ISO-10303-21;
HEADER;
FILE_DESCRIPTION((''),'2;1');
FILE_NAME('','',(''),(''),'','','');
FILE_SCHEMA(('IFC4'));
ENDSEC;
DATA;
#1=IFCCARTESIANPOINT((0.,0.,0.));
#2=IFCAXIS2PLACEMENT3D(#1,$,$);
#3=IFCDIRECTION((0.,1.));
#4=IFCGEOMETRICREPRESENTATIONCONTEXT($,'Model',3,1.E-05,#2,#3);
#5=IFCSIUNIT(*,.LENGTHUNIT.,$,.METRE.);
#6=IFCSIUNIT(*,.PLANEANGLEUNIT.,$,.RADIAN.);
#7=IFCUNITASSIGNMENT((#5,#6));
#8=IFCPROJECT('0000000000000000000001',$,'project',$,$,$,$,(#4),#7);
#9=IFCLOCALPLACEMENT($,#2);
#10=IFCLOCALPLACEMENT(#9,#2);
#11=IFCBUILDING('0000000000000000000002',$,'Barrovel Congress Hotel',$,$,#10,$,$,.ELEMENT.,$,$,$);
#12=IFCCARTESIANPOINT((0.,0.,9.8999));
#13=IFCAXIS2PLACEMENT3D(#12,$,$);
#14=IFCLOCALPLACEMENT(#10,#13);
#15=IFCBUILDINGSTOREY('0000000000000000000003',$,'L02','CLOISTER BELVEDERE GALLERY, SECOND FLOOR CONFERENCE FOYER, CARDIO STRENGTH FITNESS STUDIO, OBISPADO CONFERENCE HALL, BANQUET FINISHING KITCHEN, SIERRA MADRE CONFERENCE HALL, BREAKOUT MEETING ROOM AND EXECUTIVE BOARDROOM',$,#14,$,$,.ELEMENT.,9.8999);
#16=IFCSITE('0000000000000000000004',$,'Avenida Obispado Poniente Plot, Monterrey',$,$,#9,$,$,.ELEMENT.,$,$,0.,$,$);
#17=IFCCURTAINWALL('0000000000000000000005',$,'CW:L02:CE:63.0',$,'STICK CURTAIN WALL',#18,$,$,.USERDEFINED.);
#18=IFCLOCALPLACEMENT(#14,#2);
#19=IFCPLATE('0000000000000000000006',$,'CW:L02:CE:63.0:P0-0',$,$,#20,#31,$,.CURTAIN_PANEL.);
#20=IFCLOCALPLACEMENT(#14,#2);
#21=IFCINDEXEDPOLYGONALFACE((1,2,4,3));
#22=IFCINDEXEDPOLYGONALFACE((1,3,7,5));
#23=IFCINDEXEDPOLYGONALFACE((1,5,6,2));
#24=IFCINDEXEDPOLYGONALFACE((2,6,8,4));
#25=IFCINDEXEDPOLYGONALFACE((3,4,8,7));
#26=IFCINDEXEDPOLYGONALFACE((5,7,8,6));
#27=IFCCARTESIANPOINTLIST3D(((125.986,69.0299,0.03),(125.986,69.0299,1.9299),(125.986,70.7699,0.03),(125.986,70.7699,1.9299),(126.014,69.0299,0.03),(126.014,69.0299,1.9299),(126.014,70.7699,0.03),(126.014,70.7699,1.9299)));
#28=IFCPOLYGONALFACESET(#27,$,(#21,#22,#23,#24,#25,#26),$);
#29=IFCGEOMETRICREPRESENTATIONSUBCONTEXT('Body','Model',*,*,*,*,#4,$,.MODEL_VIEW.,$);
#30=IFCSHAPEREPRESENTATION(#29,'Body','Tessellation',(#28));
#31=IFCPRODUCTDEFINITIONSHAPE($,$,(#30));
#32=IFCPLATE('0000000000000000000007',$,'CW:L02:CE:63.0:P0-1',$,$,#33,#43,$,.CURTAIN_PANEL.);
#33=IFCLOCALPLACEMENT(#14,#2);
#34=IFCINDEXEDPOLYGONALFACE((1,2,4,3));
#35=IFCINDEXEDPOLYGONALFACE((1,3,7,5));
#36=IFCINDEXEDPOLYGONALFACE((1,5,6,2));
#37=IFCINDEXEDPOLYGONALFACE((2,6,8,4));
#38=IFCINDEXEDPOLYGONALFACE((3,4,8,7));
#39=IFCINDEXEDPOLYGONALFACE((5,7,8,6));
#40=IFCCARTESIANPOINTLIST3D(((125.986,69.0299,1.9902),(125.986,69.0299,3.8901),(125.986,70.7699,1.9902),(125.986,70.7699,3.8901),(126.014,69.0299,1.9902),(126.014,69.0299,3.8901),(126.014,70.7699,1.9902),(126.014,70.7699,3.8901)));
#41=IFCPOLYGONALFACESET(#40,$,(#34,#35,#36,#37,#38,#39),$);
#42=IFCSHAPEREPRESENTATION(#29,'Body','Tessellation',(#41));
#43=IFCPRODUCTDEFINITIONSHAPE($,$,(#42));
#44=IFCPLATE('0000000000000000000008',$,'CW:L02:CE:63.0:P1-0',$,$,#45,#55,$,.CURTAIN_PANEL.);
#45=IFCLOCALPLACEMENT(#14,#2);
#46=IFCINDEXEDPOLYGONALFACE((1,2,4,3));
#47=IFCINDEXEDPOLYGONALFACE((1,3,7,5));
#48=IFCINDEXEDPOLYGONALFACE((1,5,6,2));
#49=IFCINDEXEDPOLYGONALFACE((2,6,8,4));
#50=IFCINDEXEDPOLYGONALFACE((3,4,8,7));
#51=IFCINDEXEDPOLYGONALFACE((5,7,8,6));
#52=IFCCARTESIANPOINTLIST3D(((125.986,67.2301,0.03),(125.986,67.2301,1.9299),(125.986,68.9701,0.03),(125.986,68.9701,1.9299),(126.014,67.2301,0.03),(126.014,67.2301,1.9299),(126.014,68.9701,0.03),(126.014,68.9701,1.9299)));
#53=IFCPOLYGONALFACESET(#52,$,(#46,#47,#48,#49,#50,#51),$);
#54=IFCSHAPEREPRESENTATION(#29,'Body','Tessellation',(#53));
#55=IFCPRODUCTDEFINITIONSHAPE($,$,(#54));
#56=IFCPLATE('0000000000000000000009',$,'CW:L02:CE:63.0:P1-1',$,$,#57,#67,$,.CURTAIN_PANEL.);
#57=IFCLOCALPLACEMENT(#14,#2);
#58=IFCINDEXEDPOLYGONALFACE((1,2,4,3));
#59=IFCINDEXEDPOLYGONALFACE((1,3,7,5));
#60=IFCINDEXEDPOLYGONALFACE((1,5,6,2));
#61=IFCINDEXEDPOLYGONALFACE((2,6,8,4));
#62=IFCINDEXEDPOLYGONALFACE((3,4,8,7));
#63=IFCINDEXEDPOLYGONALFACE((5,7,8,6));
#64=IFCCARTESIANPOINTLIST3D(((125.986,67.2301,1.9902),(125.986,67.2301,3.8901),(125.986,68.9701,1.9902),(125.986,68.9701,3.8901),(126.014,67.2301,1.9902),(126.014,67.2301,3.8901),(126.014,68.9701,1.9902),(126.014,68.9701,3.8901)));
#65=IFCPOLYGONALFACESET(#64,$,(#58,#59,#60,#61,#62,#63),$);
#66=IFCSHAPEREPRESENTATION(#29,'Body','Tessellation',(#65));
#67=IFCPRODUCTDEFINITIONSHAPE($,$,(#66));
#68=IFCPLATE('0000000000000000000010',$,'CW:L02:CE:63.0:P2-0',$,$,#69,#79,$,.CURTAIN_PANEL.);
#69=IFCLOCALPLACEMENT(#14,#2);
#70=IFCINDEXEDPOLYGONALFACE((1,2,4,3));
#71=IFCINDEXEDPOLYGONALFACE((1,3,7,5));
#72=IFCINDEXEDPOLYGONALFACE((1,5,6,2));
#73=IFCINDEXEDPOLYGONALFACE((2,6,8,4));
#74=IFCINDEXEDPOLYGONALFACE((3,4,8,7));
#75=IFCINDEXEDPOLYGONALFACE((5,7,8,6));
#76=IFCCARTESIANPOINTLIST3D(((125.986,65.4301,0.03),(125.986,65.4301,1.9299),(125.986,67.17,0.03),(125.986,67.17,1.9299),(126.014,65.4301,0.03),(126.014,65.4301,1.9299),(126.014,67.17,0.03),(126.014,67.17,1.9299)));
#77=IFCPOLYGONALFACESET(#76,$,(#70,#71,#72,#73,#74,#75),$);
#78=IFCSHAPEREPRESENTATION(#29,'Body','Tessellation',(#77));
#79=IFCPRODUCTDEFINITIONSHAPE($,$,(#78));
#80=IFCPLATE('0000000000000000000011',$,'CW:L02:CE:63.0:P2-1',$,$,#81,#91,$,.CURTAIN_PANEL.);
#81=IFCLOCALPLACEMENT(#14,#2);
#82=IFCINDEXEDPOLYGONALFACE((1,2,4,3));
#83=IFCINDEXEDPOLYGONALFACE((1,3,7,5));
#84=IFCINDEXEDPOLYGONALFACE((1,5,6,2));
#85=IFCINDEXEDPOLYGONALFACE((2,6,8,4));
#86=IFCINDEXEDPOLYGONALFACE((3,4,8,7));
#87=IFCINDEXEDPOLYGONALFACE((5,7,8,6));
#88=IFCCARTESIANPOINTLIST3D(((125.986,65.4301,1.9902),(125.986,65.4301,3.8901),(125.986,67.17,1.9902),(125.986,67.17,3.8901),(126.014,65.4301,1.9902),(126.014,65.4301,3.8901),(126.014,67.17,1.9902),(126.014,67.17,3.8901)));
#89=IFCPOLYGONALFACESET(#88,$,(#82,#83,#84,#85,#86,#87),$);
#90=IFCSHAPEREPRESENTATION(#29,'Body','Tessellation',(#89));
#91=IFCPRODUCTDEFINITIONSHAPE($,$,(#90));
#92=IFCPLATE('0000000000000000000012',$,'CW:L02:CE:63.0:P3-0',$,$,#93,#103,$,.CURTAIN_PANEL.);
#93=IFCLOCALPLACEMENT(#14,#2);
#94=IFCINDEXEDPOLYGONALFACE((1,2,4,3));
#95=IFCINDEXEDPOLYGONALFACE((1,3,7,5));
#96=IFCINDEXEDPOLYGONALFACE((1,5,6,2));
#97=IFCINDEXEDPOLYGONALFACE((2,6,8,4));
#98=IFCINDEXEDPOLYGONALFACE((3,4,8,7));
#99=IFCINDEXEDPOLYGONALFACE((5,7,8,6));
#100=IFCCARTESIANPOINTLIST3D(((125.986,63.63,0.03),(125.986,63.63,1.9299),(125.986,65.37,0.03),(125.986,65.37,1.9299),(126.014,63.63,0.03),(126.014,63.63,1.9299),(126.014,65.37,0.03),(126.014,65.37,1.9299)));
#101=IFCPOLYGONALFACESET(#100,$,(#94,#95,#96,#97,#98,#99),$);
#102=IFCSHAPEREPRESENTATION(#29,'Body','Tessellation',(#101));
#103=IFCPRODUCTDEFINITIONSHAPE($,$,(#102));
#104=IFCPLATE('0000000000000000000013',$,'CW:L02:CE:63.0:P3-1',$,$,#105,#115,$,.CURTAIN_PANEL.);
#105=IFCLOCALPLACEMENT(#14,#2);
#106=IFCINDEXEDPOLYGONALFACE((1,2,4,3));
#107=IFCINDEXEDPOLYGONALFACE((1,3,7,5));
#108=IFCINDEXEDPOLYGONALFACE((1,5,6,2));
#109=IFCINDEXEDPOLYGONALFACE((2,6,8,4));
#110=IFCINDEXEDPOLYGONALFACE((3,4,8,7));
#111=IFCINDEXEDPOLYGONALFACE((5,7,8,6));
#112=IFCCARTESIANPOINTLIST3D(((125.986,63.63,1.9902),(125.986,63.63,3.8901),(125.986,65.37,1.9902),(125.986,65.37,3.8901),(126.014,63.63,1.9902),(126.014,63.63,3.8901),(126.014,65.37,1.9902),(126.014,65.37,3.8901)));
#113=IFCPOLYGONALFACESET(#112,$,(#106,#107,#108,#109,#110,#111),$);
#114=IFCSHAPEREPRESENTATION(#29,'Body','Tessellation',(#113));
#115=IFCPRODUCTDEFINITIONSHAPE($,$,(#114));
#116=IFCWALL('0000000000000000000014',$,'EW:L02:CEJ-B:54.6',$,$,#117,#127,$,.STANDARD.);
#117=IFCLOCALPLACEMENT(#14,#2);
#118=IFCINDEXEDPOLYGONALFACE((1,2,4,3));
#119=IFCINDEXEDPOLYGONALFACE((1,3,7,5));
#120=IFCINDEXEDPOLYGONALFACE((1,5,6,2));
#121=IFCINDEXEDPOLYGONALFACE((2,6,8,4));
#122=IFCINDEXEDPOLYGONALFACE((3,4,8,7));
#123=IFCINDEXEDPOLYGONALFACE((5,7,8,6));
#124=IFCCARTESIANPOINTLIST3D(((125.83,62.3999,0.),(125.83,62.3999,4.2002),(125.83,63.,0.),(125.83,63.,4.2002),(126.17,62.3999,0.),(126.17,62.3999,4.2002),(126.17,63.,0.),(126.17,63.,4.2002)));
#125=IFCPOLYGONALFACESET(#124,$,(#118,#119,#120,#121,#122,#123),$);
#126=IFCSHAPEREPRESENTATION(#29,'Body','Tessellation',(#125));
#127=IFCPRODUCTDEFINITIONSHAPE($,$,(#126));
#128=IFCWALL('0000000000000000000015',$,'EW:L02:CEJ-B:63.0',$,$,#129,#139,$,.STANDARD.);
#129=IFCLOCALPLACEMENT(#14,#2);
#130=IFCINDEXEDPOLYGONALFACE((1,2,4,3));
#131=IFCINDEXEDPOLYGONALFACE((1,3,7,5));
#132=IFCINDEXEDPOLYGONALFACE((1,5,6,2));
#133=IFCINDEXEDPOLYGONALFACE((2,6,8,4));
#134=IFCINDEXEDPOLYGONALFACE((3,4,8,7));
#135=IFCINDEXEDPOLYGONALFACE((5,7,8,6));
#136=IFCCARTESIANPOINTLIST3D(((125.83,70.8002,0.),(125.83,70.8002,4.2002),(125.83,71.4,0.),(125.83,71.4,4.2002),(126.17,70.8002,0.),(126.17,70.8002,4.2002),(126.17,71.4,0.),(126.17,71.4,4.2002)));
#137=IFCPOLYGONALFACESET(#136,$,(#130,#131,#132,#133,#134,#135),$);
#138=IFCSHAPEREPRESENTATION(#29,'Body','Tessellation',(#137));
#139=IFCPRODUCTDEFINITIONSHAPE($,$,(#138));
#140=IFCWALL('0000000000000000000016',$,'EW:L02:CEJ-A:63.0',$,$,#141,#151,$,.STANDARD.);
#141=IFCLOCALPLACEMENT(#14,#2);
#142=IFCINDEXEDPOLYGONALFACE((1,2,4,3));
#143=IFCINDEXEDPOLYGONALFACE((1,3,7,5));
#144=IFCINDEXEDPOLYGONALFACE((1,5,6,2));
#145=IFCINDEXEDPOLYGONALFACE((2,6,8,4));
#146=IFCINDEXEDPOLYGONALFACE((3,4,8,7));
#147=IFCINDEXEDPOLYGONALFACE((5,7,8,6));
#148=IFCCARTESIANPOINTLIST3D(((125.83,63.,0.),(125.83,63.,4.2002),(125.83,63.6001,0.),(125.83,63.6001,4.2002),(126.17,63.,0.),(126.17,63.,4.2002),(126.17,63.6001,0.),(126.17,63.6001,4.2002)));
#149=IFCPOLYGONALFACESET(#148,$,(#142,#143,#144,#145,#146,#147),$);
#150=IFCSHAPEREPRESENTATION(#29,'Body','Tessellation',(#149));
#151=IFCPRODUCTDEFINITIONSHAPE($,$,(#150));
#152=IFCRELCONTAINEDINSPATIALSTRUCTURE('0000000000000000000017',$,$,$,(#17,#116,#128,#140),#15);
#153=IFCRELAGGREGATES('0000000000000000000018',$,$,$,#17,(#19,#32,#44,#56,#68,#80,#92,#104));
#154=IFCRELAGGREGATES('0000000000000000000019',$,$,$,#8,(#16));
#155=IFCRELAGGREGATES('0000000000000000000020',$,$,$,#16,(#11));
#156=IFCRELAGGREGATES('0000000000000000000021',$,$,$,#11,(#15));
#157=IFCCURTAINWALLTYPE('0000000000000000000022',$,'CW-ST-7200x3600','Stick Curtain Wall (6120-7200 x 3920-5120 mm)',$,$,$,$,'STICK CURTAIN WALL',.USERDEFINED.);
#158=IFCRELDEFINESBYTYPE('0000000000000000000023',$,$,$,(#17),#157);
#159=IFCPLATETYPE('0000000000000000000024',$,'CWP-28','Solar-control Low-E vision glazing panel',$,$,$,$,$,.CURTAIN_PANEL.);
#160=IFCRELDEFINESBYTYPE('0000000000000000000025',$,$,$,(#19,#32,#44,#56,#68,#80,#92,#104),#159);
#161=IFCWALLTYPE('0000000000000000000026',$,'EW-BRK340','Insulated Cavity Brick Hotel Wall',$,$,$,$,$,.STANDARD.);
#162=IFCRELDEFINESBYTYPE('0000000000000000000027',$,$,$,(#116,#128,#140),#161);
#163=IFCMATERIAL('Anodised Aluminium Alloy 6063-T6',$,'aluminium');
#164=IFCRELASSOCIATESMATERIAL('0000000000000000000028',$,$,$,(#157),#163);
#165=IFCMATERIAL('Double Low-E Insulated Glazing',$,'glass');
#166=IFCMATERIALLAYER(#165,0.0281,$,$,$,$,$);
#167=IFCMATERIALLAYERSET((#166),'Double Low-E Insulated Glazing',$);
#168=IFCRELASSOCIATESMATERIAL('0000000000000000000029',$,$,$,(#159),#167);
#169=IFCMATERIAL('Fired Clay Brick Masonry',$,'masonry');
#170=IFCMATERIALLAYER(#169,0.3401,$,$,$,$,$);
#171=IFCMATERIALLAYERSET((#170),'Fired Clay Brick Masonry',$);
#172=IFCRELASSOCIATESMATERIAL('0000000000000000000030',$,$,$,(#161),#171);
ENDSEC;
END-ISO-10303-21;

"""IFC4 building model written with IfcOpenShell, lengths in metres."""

from ifc_helpers import new_model, si_unit, direction, frame, frame_2d, origin, origin_2d, place, context, subcontext, project, spatial, rectangle, extrude, material, layer, layer_set, type_object, element, aggregate, save


model = new_model("IFC4")

# Units and contexts
model_context = context("Model", 3, precision=1e-05, world=origin(), true_north=direction((0.0, 1.0)))
body_context = subcontext(model_context, "Body", "Model", "MODEL_VIEW")
ifc_project = project(units=[si_unit("LENGTHUNIT", "METRE"), si_unit("PLANEANGLEUNIT", "RADIAN")], contexts=[model_context])

# Site, building, storey
site_placement = place(None, origin())
site = spatial("IfcSite", under=ifc_project, at=site_placement, Name="Avenida Obispado Poniente Plot, Monterrey", CompositionType="ELEMENT", RefElevation=0.0)
building_placement = place(site_placement, origin())
building = spatial("IfcBuilding", under=site, at=building_placement, Name="Barrovel Congress Hotel", CompositionType="ELEMENT")
storey_placement = place(building_placement, frame((0.0, 0.0, 9.8999)))
storey = spatial("IfcBuildingStorey", under=building, at=storey_placement, Name="L02", Description="CLOISTER BELVEDERE GALLERY, SECOND FLOOR CONFERENCE FOYER, CARDIO STRENGTH FITNESS STUDIO, OBISPADO CONFERENCE HALL, BANQUET FINISHING KITCHEN, SIERRA MADRE CONFERENCE HALL, BREAKOUT MEETING ROOM AND EXECUTIVE BOARDROOM", CompositionType="ELEMENT", Elevation=9.8999)

# Curtain wall
ifc_material_1 = material(Name="Anodised Aluminium Alloy 6063-T6", Category="aluminium")
curtain_wall_type = type_object("IfcCurtainWallType", Name="CW-ST-7200x3600", Description="Stick Curtain Wall (6120-7200 x 3920-5120 mm)", ElementType="STICK CURTAIN WALL", PredefinedType="USERDEFINED", material=ifc_material_1)
curtain_wall_1_placement = place(storey_placement, origin())
curtain_wall_1 = element("IfcCurtainWall", 1, at=curtain_wall_1_placement, inside=storey, type_object=curtain_wall_type, Name="CW:L02:CE:63.0", ObjectType="STICK CURTAIN WALL", PredefinedType="USERDEFINED")

# Plates
ifc_material_2 = material(Name="Double Low-E Insulated Glazing", Category="glass")
ifc_layer_1 = layer(ifc_material_2, 0.0281)
ifc_layer_set_1 = layer_set([ifc_layer_1], Name="Double Low-E Insulated Glazing")
plate_type = type_object("IfcPlateType", Name="CWP-28", Description="Solar-control Low-E vision glazing panel", PredefinedType="CURTAIN_PANEL", material=ifc_layer_set_1)
plate_1_placement = place(storey_placement, frame((126.0, 69.8999, 0.03), z_axis=(0.0, 0.0, 1.0), x_axis=(0.0, -1.0, 0.0)))
plate_1 = element("IfcPlate", 2, at=plate_1_placement, type_object=plate_type, Name="CW:L02:CE:63.0:P0-0", PredefinedType="CURTAIN_PANEL", context=body_context, shape_type="SweptSolid", body=[
    extrude(rectangle(XDim=1.74, YDim=0.0281, at=origin_2d()), origin(), (0.0, 0.0, 1.0), 1.8999),
])
plate_2_placement = place(storey_placement, frame((126.0, 69.8999, 1.9902), z_axis=(0.0, 0.0, 1.0), x_axis=(0.0, -1.0, 0.0)))
plate_2 = element("IfcPlate", 3, at=plate_2_placement, type_object=plate_type, Name="CW:L02:CE:63.0:P0-1", PredefinedType="CURTAIN_PANEL", context=body_context, shape_type="SweptSolid", body=[
    extrude(rectangle(XDim=1.74, YDim=0.0281, at=origin_2d()), origin(), (0.0, 0.0, 1.0), 1.8999),
])
plate_3_placement = place(storey_placement, frame((126.0, 68.1001, 0.03), z_axis=(0.0, 0.0, 1.0), x_axis=(0.0, -1.0, 0.0)))
plate_3 = element("IfcPlate", 4, at=plate_3_placement, type_object=plate_type, Name="CW:L02:CE:63.0:P1-0", PredefinedType="CURTAIN_PANEL", context=body_context, shape_type="SweptSolid", body=[
    extrude(rectangle(XDim=1.74, YDim=0.0281, at=origin_2d()), origin(), (0.0, 0.0, 1.0), 1.8999),
])
plate_4_placement = place(storey_placement, frame((126.0, 68.1001, 1.9902), z_axis=(0.0, 0.0, 1.0), x_axis=(0.0, -1.0, 0.0)))
plate_4 = element("IfcPlate", 5, at=plate_4_placement, type_object=plate_type, Name="CW:L02:CE:63.0:P1-1", PredefinedType="CURTAIN_PANEL", context=body_context, shape_type="SweptSolid", body=[
    extrude(rectangle(XDim=1.74, YDim=0.0281, at=origin_2d()), origin(), (0.0, 0.0, 1.0), 1.8999),
])
plate_5_placement = place(storey_placement, frame((126.0, 66.3, 0.03), z_axis=(0.0, 0.0, 1.0), x_axis=(0.0, -1.0, 0.0)))
plate_5 = element("IfcPlate", 6, at=plate_5_placement, type_object=plate_type, Name="CW:L02:CE:63.0:P2-0", PredefinedType="CURTAIN_PANEL", context=body_context, shape_type="SweptSolid", body=[
    extrude(rectangle(XDim=1.74, YDim=0.0281, at=origin_2d()), origin(), (0.0, 0.0, 1.0), 1.8999),
])
plate_6_placement = place(storey_placement, frame((126.0, 66.3, 1.9902), z_axis=(0.0, 0.0, 1.0), x_axis=(0.0, -1.0, 0.0)))
plate_6 = element("IfcPlate", 7, at=plate_6_placement, type_object=plate_type, Name="CW:L02:CE:63.0:P2-1", PredefinedType="CURTAIN_PANEL", context=body_context, shape_type="SweptSolid", body=[
    extrude(rectangle(XDim=1.74, YDim=0.0281, at=origin_2d()), origin(), (0.0, 0.0, 1.0), 1.8999),
])
plate_7_placement = place(storey_placement, frame((126.0, 64.5, 0.03), z_axis=(0.0, 0.0, 1.0), x_axis=(0.0, -1.0, 0.0)))
plate_7 = element("IfcPlate", 8, at=plate_7_placement, type_object=plate_type, Name="CW:L02:CE:63.0:P3-0", PredefinedType="CURTAIN_PANEL", context=body_context, shape_type="SweptSolid", body=[
    extrude(rectangle(XDim=1.74, YDim=0.0281, at=origin_2d()), origin(), (0.0, 0.0, 1.0), 1.8999),
])
plate_8_placement = place(storey_placement, frame((126.0, 64.5, 1.9902), z_axis=(0.0, 0.0, 1.0), x_axis=(0.0, -1.0, 0.0)))
plate_8 = element("IfcPlate", 9, at=plate_8_placement, type_object=plate_type, Name="CW:L02:CE:63.0:P3-1", PredefinedType="CURTAIN_PANEL", context=body_context, shape_type="SweptSolid", body=[
    extrude(rectangle(XDim=1.74, YDim=0.0281, at=origin_2d()), origin(), (0.0, 0.0, 1.0), 1.8999),
])
aggregate(curtain_wall_1, [plate_1, plate_2, plate_3, plate_4, plate_5, plate_6, plate_7, plate_8])

# Walls
ifc_material_3 = material(Name="Fired Clay Brick Masonry", Category="masonry")
ifc_layer_2 = layer(ifc_material_3, 0.3401)
ifc_layer_set_2 = layer_set([ifc_layer_2], Name="Fired Clay Brick Masonry")
wall_type = type_object("IfcWallType", Name="EW-BRK340", Description="Insulated Cavity Brick Hotel Wall", PredefinedType="STANDARD", material=ifc_layer_set_2)
wall_1_placement = place(storey_placement, frame((126.0, 63.0, 0.0), z_axis=(0.0, 0.0, 1.0), x_axis=(0.0, -1.0, 0.0)))
element("IfcWall", 10, at=wall_1_placement, inside=storey, type_object=wall_type, Name="EW:L02:CEJ-B:54.6", PredefinedType="STANDARD", context=body_context, shape_type="SweptSolid", body=[
    extrude(rectangle(XDim=0.6001, YDim=0.3401, at=frame_2d((0.3, 0.0))), origin(), (0.0, 0.0, 1.0), 4.2002),
])
wall_2_placement = place(storey_placement, frame((126.0, 71.3999, 0.0), z_axis=(0.0, 0.0, 1.0), x_axis=(0.0, -1.0, 0.0)))
element("IfcWall", 11, at=wall_2_placement, inside=storey, type_object=wall_type, Name="EW:L02:CEJ-B:63.0", PredefinedType="STANDARD", context=body_context, shape_type="SweptSolid", body=[
    extrude(rectangle(XDim=0.5999, YDim=0.3401, at=frame_2d((0.2998, 0.0))), origin(), (0.0, 0.0, 1.0), 4.2002),
])
wall_3_placement = place(storey_placement, frame((126.0, 63.6001, 0.0), z_axis=(0.0, 0.0, 1.0), x_axis=(0.0, -1.0, 0.0)))
element("IfcWall", 12, at=wall_3_placement, inside=storey, type_object=wall_type, Name="EW:L02:CEJ-A:63.0", PredefinedType="STANDARD", context=body_context, shape_type="SweptSolid", body=[
    extrude(rectangle(XDim=0.6001, YDim=0.3401, at=frame_2d((0.3, 0.0))), origin(), (0.0, 0.0, 1.0), 4.2002),
])

save(model, "model.ifc")
